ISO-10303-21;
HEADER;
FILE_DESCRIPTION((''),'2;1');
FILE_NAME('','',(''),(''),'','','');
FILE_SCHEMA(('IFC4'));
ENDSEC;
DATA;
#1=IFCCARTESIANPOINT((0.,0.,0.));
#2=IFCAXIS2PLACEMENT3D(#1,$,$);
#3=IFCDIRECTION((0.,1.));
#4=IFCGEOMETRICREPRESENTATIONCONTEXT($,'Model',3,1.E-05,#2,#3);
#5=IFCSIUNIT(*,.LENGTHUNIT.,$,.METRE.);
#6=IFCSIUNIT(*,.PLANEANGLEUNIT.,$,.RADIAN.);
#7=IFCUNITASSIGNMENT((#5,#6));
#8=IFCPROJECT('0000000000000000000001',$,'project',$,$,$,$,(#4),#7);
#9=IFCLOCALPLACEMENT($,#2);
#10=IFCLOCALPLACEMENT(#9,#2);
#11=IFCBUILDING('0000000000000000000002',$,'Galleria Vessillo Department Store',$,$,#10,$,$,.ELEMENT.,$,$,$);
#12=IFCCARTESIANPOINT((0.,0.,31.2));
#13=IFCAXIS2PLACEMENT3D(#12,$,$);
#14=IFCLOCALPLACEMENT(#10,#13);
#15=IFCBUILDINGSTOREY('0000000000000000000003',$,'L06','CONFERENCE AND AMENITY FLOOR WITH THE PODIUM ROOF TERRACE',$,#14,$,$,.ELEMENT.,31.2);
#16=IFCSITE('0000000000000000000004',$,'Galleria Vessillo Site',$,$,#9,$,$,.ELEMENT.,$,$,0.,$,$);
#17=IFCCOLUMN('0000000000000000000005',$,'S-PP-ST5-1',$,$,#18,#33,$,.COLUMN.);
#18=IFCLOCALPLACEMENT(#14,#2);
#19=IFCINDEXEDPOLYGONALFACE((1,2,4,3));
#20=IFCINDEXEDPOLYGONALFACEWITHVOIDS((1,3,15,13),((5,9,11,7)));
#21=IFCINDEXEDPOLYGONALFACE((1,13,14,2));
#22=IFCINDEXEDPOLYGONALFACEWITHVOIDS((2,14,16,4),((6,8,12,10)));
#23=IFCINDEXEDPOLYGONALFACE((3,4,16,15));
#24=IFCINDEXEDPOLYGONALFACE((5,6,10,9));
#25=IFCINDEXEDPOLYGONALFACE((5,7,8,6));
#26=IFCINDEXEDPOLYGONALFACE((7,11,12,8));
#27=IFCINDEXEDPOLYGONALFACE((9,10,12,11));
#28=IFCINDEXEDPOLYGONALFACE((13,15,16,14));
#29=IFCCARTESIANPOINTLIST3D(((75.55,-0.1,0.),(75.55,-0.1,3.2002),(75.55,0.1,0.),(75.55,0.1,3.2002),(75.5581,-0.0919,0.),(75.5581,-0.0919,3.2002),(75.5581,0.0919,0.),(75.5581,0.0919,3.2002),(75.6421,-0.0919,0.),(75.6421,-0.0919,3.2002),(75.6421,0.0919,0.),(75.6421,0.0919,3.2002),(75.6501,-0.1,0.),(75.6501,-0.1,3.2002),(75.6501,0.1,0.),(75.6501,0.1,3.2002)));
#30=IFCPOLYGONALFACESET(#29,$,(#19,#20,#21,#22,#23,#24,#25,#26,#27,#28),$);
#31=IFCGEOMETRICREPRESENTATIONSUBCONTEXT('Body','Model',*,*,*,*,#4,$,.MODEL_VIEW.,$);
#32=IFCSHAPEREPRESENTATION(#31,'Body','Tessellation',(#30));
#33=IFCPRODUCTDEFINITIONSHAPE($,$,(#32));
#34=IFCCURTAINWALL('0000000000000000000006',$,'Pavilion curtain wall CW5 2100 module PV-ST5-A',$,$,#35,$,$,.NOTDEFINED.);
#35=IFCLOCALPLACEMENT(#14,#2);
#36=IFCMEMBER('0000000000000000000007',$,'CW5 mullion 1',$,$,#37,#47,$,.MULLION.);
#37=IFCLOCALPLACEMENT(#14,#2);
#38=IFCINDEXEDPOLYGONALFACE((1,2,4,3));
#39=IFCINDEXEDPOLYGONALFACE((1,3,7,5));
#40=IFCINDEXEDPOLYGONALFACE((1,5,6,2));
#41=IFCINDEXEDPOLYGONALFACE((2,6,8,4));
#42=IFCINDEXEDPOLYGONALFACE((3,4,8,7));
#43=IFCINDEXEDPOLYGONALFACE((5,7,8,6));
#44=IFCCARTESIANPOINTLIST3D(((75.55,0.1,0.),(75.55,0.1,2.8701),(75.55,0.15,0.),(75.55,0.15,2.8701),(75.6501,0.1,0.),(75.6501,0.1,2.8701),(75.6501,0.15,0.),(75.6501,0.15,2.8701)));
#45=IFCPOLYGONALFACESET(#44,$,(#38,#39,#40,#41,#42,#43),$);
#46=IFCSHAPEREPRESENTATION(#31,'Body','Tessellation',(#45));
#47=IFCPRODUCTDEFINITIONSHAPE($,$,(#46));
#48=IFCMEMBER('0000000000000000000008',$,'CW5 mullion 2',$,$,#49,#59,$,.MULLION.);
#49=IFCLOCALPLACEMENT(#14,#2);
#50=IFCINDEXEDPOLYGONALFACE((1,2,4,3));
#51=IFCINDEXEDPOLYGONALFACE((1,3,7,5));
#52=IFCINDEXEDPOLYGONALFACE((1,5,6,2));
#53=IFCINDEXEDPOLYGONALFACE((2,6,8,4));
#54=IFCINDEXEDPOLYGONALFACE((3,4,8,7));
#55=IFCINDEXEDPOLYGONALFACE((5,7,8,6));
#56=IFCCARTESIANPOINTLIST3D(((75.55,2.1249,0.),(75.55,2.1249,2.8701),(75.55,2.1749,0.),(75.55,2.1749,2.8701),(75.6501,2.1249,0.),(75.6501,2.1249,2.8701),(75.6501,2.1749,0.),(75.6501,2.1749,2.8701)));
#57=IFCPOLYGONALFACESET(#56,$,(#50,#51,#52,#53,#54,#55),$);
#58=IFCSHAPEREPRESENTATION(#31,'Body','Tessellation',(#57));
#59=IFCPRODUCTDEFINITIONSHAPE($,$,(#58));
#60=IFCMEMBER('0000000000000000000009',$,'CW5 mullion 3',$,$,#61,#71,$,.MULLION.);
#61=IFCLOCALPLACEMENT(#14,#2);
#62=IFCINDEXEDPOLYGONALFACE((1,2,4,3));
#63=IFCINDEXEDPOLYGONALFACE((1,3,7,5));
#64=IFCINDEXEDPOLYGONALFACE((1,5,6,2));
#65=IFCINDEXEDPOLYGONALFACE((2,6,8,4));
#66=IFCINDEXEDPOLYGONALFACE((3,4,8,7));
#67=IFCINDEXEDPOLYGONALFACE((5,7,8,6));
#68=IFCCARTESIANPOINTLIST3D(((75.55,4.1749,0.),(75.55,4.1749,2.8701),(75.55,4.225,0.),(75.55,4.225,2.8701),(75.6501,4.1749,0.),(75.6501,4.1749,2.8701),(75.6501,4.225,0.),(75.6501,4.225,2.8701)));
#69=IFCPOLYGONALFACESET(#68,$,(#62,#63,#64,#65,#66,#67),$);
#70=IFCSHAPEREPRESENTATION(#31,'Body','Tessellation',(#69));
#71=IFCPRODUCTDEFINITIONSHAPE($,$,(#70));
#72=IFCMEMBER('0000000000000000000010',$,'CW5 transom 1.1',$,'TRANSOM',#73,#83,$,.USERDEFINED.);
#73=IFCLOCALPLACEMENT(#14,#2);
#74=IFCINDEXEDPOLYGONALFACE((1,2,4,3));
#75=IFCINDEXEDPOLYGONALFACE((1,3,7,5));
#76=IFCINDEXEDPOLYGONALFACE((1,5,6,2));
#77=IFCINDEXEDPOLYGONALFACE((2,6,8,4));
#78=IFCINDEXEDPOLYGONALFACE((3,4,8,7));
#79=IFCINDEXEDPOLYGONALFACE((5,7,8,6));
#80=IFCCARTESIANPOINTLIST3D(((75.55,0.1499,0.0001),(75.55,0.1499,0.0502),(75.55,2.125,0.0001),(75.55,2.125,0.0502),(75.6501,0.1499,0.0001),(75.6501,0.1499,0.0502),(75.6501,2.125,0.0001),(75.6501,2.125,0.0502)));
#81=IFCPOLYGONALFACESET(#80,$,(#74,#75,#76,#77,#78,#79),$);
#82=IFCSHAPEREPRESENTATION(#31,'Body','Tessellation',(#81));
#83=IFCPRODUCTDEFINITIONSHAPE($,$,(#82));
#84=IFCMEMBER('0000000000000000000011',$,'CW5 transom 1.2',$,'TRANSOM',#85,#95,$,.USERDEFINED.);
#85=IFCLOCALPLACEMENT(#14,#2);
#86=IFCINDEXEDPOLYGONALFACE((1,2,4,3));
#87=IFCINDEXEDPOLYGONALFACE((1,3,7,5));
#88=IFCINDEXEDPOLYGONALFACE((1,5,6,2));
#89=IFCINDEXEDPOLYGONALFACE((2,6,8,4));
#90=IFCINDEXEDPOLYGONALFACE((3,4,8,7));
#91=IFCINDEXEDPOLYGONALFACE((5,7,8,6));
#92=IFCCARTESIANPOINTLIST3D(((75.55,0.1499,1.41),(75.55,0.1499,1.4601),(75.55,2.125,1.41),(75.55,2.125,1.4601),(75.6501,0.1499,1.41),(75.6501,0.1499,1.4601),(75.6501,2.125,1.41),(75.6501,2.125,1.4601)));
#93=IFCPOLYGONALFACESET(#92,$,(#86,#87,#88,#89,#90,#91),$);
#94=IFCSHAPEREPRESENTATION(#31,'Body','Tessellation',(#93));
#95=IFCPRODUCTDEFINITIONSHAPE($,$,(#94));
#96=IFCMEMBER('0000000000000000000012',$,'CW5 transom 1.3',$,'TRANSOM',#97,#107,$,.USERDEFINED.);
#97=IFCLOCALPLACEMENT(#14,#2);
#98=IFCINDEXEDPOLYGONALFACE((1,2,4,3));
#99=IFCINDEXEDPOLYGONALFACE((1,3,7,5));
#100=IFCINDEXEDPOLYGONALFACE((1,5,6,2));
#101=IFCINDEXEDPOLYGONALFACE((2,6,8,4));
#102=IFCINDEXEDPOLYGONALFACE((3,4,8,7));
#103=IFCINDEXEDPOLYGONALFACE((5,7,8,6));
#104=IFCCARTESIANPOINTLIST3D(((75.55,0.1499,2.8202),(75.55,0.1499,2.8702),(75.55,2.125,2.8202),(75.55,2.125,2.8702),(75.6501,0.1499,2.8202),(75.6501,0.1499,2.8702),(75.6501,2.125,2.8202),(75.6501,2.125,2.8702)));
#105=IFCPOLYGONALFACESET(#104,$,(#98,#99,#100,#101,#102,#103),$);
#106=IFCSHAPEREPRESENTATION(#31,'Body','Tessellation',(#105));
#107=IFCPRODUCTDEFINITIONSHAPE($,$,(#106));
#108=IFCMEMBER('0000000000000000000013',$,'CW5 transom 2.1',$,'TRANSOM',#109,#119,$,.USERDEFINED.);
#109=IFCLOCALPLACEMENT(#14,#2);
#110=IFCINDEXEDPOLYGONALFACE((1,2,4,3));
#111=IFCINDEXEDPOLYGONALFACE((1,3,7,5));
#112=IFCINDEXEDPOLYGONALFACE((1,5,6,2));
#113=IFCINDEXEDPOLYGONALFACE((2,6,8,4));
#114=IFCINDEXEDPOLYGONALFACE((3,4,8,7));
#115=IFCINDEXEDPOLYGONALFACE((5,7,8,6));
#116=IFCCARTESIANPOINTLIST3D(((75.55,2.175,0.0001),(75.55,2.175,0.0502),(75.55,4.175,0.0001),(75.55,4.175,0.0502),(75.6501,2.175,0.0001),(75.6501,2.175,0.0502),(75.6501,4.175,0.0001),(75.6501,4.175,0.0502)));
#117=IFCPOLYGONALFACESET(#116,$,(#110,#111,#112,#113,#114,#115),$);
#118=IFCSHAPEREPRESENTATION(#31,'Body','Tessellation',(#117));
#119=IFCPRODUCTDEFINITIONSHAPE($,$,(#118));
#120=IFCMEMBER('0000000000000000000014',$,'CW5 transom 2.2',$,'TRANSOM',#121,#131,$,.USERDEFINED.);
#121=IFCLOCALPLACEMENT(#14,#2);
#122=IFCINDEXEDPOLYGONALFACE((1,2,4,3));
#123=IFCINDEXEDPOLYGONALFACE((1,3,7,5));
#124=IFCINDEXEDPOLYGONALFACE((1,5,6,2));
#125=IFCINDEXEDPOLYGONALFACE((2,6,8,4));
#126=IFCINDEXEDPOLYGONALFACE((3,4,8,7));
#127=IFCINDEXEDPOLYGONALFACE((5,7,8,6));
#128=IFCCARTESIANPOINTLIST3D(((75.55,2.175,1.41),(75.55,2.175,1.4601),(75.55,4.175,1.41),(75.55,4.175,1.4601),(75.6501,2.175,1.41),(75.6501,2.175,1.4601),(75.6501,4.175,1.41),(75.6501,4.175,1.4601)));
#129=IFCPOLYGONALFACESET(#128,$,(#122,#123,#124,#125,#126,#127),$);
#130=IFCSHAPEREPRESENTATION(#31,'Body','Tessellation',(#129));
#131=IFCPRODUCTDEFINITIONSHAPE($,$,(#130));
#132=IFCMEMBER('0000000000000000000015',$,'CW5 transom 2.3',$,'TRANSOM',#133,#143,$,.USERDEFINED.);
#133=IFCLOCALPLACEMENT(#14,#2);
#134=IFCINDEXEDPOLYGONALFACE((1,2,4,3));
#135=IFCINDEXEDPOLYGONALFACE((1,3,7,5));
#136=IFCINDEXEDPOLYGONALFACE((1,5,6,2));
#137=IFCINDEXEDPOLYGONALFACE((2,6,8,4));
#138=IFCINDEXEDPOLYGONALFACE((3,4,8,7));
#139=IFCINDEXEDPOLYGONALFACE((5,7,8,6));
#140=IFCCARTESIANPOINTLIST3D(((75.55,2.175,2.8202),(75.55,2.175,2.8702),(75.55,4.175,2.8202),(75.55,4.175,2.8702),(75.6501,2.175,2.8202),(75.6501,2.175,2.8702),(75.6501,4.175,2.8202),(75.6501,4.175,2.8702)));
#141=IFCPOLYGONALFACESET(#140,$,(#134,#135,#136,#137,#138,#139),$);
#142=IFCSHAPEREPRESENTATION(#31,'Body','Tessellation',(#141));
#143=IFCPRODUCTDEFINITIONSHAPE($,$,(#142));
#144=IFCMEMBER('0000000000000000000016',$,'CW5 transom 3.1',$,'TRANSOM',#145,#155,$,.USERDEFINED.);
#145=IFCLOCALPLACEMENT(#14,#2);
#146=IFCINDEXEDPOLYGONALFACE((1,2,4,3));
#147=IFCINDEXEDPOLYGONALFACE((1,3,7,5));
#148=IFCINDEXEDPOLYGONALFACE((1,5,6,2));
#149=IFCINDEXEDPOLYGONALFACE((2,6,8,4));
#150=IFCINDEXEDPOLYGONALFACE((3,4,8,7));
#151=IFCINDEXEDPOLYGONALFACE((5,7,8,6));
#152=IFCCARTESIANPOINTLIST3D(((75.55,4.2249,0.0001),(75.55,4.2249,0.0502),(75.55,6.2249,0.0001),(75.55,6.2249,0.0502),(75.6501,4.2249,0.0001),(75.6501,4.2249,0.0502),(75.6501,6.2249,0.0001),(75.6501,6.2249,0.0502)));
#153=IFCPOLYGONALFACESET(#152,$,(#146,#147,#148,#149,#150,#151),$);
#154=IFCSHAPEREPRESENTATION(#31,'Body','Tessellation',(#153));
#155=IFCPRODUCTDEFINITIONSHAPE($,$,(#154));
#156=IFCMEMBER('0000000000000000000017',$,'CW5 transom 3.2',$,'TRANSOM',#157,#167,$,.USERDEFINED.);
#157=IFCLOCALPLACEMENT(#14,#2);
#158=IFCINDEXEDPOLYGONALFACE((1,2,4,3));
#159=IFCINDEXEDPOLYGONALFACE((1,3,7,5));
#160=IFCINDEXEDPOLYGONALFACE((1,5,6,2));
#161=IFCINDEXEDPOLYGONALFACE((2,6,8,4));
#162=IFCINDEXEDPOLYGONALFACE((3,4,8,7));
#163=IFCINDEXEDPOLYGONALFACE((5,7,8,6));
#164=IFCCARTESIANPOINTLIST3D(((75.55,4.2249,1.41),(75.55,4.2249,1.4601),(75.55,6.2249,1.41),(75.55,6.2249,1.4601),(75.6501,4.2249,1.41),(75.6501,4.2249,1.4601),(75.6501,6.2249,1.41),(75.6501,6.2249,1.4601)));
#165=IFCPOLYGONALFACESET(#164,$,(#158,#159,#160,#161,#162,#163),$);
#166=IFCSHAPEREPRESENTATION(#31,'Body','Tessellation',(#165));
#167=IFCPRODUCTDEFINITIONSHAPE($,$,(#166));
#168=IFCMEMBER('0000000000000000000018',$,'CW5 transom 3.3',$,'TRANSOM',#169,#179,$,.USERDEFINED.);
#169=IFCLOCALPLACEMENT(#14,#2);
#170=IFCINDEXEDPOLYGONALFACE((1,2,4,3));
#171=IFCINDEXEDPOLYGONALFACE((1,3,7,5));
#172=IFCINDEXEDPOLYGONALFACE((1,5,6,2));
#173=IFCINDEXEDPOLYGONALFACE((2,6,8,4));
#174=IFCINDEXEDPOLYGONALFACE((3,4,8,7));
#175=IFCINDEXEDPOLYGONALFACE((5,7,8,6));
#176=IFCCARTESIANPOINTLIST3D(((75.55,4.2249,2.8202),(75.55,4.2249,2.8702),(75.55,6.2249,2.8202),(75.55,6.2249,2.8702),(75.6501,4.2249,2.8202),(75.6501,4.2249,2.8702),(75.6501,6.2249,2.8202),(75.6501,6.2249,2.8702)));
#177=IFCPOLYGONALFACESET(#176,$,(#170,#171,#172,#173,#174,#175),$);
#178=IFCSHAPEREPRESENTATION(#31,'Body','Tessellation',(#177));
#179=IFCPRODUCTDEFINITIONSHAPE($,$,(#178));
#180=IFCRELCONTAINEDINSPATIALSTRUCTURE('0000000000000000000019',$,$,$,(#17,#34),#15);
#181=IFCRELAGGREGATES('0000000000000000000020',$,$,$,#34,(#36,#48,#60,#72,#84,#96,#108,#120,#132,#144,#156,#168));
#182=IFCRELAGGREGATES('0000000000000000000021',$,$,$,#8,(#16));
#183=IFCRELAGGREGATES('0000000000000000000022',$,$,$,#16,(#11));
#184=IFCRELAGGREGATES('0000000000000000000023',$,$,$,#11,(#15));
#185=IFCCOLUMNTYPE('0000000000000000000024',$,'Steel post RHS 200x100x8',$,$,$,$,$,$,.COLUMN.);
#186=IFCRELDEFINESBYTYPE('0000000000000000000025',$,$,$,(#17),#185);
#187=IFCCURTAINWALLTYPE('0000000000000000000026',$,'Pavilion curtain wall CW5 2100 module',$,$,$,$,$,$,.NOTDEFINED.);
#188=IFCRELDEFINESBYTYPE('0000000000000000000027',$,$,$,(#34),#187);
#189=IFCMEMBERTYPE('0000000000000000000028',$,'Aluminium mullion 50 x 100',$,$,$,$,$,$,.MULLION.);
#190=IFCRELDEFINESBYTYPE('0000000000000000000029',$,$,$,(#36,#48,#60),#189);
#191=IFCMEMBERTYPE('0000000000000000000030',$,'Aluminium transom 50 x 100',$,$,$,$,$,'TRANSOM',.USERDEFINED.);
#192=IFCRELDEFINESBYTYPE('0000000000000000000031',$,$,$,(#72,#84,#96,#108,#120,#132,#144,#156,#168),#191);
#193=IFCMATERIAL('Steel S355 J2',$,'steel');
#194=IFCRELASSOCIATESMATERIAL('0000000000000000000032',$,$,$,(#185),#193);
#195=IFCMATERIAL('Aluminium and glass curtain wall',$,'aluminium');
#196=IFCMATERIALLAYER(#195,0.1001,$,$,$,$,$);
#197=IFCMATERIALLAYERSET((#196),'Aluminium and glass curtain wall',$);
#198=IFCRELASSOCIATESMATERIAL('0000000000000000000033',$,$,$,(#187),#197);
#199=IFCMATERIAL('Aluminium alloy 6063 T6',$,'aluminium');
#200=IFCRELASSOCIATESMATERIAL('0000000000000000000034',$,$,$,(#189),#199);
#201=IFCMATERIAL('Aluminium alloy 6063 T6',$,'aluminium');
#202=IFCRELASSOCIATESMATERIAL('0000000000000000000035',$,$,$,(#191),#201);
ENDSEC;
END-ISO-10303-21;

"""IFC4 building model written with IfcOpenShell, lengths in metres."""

from ifc_helpers import new_model, si_unit, direction, frame, origin, origin_2d, place, context, subcontext, project, spatial, rectangle, hollow_rectangle, extrude, material, layer, layer_set, material_profile, profile_set, type_object, element, aggregate, save


model = new_model("IFC4")

# Units and contexts
model_context = context("Model", 3, precision=1e-05, world=origin(), true_north=direction((0.0, 1.0)))
body_context = subcontext(model_context, "Body", "Model", "MODEL_VIEW")
ifc_project = project(units=[si_unit("LENGTHUNIT", "METRE"), si_unit("PLANEANGLEUNIT", "RADIAN")], contexts=[model_context])

# Site, building, storey
site_placement = place(None, origin())
site = spatial("IfcSite", under=ifc_project, at=site_placement, Name="Galleria Vessillo Site", CompositionType="ELEMENT", RefElevation=0.0)
building_placement = place(site_placement, origin())
building = spatial("IfcBuilding", under=site, at=building_placement, Name="Galleria Vessillo Department Store", CompositionType="ELEMENT")
storey_placement = place(building_placement, frame((0.0, 0.0, 31.2)))
storey = spatial("IfcBuildingStorey", under=building, at=storey_placement, Name="L06", Description="CONFERENCE AND AMENITY FLOOR WITH THE PODIUM ROOF TERRACE", CompositionType="ELEMENT", Elevation=31.2)

# Column
ifc_material_1 = material(Name="Steel S355 J2", Category="steel")
ifc_material_profile_1 = material_profile(ifc_material_1, hollow_rectangle(XDim=0.1001, YDim=0.2, WallThickness=0.0081, at=origin_2d()), Name="RHS 200x100x8")
ifc_profile_set_1 = profile_set([ifc_material_profile_1], Name="Steel S355 J2")
column_type = type_object("IfcColumnType", Name="Steel post RHS 200x100x8", PredefinedType="COLUMN", material=ifc_profile_set_1)
column_placement = place(storey_placement, frame((75.6001, 0.0, 0.0), z_axis=(0.0, 0.0, 1.0), x_axis=(1.0, 0.0, 0.0)))
element("IfcColumn", 1, at=column_placement, inside=storey, type_object=column_type, Name="S-PP-ST5-1", PredefinedType="COLUMN", context=body_context, shape_type="SweptSolid", body=[
    extrude(hollow_rectangle(XDim=0.1001, YDim=0.2, WallThickness=0.0081, at=origin_2d()), origin(), (0.0, 0.0, 1.0), 3.2002),
])

# Curtain wall, members
ifc_material_2 = material(Name="Aluminium and glass curtain wall", Category="aluminium")
ifc_layer_1 = layer(ifc_material_2, 0.1001)
ifc_layer_set_1 = layer_set([ifc_layer_1], Name="Aluminium and glass curtain wall")
curtain_wall_type = type_object("IfcCurtainWallType", Name="Pavilion curtain wall CW5 2100 module", PredefinedType="NOTDEFINED", material=ifc_layer_set_1)
curtain_wall_placement = place(storey_placement, origin())
curtain_wall = element("IfcCurtainWall", 2, at=curtain_wall_placement, inside=storey, type_object=curtain_wall_type, Name="Pavilion curtain wall CW5 2100 module PV-ST5-A", PredefinedType="NOTDEFINED")
ifc_material_3 = material(Name="Aluminium alloy 6063 T6", Category="aluminium")
ifc_material_profile_2 = material_profile(ifc_material_3, rectangle(XDim=0.1001, YDim=0.05, at=origin_2d()), Name="AL 50x100")
ifc_profile_set_2 = profile_set([ifc_material_profile_2], Name="Aluminium alloy 6063 T6")
member_type_1 = type_object("IfcMemberType", Name="Aluminium mullion 50 x 100", PredefinedType="MULLION", material=ifc_profile_set_2)
member_1_placement = place(storey_placement, frame((75.6001, 0.125, 0.0), z_axis=(0.0, 0.0, 1.0), x_axis=(-1.0, 0.0, 0.0)))
member_1 = element("IfcMember", 3, at=member_1_placement, type_object=member_type_1, Name="CW5 mullion 1", PredefinedType="MULLION", context=body_context, shape_type="SweptSolid", body=[
    extrude(rectangle(XDim=0.1001, YDim=0.05, at=origin_2d()), origin(), (0.0, 0.0, 1.0), 2.8701),
])
member_2_placement = place(storey_placement, frame((75.6001, 2.1499, 0.0), z_axis=(0.0, 0.0, 1.0), x_axis=(-1.0, 0.0, 0.0)))
member_2 = element("IfcMember", 4, at=member_2_placement, type_object=member_type_1, Name="CW5 mullion 2", PredefinedType="MULLION", context=body_context, shape_type="SweptSolid", body=[
    extrude(rectangle(XDim=0.1001, YDim=0.05, at=origin_2d()), origin(), (0.0, 0.0, 1.0), 2.8701),
])
member_3_placement = place(storey_placement, frame((75.6001, 4.2, 0.0), z_axis=(0.0, 0.0, 1.0), x_axis=(-1.0, 0.0, 0.0)))
member_3 = element("IfcMember", 5, at=member_3_placement, type_object=member_type_1, Name="CW5 mullion 3", PredefinedType="MULLION", context=body_context, shape_type="SweptSolid", body=[
    extrude(rectangle(XDim=0.1001, YDim=0.05, at=origin_2d()), origin(), (0.0, 0.0, 1.0), 2.8701),
])
ifc_material_4 = material(Name="Aluminium alloy 6063 T6", Category="aluminium")
ifc_material_profile_3 = material_profile(ifc_material_4, rectangle(XDim=0.1001, YDim=0.05, at=origin_2d()), Name="AL 50x100")
ifc_profile_set_3 = profile_set([ifc_material_profile_3], Name="Aluminium alloy 6063 T6")
member_type_2 = type_object("IfcMemberType", Name="Aluminium transom 50 x 100", ElementType="TRANSOM", PredefinedType="USERDEFINED", material=ifc_profile_set_3)
member_4_placement = place(storey_placement, frame((75.6001, 0.1499, 0.0251), z_axis=(0.0, 1.0, 0.0), x_axis=(-1.0, 0.0, 0.0)))
member_4 = element("IfcMember", 6, at=member_4_placement, type_object=member_type_2, Name="CW5 transom 1.1", ObjectType="TRANSOM", PredefinedType="USERDEFINED", context=body_context, shape_type="SweptSolid", body=[
    extrude(rectangle(XDim=0.1001, YDim=0.05, at=origin_2d()), origin(), (0.0, 0.0, 1.0), 1.9751),
])
member_5_placement = place(storey_placement, frame((75.6001, 0.1499, 1.4351), z_axis=(0.0, 1.0, 0.0), x_axis=(-1.0, 0.0, 0.0)))
member_5 = element("IfcMember", 7, at=member_5_placement, type_object=member_type_2, Name="CW5 transom 1.2", ObjectType="TRANSOM", PredefinedType="USERDEFINED", context=body_context, shape_type="SweptSolid", body=[
    extrude(rectangle(XDim=0.1001, YDim=0.05, at=origin_2d()), origin(), (0.0, 0.0, 1.0), 1.9751),
])
member_6_placement = place(storey_placement, frame((75.6001, 0.1499, 2.8452), z_axis=(0.0, 1.0, 0.0), x_axis=(-1.0, 0.0, 0.0)))
member_6 = element("IfcMember", 8, at=member_6_placement, type_object=member_type_2, Name="CW5 transom 1.3", ObjectType="TRANSOM", PredefinedType="USERDEFINED", context=body_context, shape_type="SweptSolid", body=[
    extrude(rectangle(XDim=0.1001, YDim=0.05, at=origin_2d()), origin(), (0.0, 0.0, 1.0), 1.9751),
])
member_7_placement = place(storey_placement, frame((75.6001, 2.175, 0.0251), z_axis=(0.0, 1.0, 0.0), x_axis=(-1.0, 0.0, 0.0)))
member_7 = element("IfcMember", 9, at=member_7_placement, type_object=member_type_2, Name="CW5 transom 2.1", ObjectType="TRANSOM", PredefinedType="USERDEFINED", context=body_context, shape_type="SweptSolid", body=[
    extrude(rectangle(XDim=0.1001, YDim=0.05, at=origin_2d()), origin(), (0.0, 0.0, 1.0), 2.0),
])
member_8_placement = place(storey_placement, frame((75.6001, 2.175, 1.4351), z_axis=(0.0, 1.0, 0.0), x_axis=(-1.0, 0.0, 0.0)))
member_8 = element("IfcMember", 10, at=member_8_placement, type_object=member_type_2, Name="CW5 transom 2.2", ObjectType="TRANSOM", PredefinedType="USERDEFINED", context=body_context, shape_type="SweptSolid", body=[
    extrude(rectangle(XDim=0.1001, YDim=0.05, at=origin_2d()), origin(), (0.0, 0.0, 1.0), 2.0),
])
member_9_placement = place(storey_placement, frame((75.6001, 2.175, 2.8452), z_axis=(0.0, 1.0, 0.0), x_axis=(-1.0, 0.0, 0.0)))
member_9 = element("IfcMember", 11, at=member_9_placement, type_object=member_type_2, Name="CW5 transom 2.3", ObjectType="TRANSOM", PredefinedType="USERDEFINED", context=body_context, shape_type="SweptSolid", body=[
    extrude(rectangle(XDim=0.1001, YDim=0.05, at=origin_2d()), origin(), (0.0, 0.0, 1.0), 2.0),
])
member_10_placement = place(storey_placement, frame((75.6001, 4.2249, 0.0251), z_axis=(0.0, 1.0, 0.0), x_axis=(-1.0, 0.0, 0.0)))
member_10 = element("IfcMember", 12, at=member_10_placement, type_object=member_type_2, Name="CW5 transom 3.1", ObjectType="TRANSOM", PredefinedType="USERDEFINED", context=body_context, shape_type="SweptSolid", body=[
    extrude(rectangle(XDim=0.1001, YDim=0.05, at=origin_2d()), origin(), (0.0, 0.0, 1.0), 2.0),
])
member_11_placement = place(storey_placement, frame((75.6001, 4.2249, 1.4351), z_axis=(0.0, 1.0, 0.0), x_axis=(-1.0, 0.0, 0.0)))
member_11 = element("IfcMember", 13, at=member_11_placement, type_object=member_type_2, Name="CW5 transom 3.2", ObjectType="TRANSOM", PredefinedType="USERDEFINED", context=body_context, shape_type="SweptSolid", body=[
    extrude(rectangle(XDim=0.1001, YDim=0.05, at=origin_2d()), origin(), (0.0, 0.0, 1.0), 2.0),
])
member_12_placement = place(storey_placement, frame((75.6001, 4.2249, 2.8452), z_axis=(0.0, 1.0, 0.0), x_axis=(-1.0, 0.0, 0.0)))
member_12 = element("IfcMember", 14, at=member_12_placement, type_object=member_type_2, Name="CW5 transom 3.3", ObjectType="TRANSOM", PredefinedType="USERDEFINED", context=body_context, shape_type="SweptSolid", body=[
    extrude(rectangle(XDim=0.1001, YDim=0.05, at=origin_2d()), origin(), (0.0, 0.0, 1.0), 2.0),
])

aggregate(curtain_wall, [member_1, member_2, member_3, member_4, member_5, member_6, member_7, member_8, member_9, member_10, member_11, member_12])

save(model, "model.ifc")
